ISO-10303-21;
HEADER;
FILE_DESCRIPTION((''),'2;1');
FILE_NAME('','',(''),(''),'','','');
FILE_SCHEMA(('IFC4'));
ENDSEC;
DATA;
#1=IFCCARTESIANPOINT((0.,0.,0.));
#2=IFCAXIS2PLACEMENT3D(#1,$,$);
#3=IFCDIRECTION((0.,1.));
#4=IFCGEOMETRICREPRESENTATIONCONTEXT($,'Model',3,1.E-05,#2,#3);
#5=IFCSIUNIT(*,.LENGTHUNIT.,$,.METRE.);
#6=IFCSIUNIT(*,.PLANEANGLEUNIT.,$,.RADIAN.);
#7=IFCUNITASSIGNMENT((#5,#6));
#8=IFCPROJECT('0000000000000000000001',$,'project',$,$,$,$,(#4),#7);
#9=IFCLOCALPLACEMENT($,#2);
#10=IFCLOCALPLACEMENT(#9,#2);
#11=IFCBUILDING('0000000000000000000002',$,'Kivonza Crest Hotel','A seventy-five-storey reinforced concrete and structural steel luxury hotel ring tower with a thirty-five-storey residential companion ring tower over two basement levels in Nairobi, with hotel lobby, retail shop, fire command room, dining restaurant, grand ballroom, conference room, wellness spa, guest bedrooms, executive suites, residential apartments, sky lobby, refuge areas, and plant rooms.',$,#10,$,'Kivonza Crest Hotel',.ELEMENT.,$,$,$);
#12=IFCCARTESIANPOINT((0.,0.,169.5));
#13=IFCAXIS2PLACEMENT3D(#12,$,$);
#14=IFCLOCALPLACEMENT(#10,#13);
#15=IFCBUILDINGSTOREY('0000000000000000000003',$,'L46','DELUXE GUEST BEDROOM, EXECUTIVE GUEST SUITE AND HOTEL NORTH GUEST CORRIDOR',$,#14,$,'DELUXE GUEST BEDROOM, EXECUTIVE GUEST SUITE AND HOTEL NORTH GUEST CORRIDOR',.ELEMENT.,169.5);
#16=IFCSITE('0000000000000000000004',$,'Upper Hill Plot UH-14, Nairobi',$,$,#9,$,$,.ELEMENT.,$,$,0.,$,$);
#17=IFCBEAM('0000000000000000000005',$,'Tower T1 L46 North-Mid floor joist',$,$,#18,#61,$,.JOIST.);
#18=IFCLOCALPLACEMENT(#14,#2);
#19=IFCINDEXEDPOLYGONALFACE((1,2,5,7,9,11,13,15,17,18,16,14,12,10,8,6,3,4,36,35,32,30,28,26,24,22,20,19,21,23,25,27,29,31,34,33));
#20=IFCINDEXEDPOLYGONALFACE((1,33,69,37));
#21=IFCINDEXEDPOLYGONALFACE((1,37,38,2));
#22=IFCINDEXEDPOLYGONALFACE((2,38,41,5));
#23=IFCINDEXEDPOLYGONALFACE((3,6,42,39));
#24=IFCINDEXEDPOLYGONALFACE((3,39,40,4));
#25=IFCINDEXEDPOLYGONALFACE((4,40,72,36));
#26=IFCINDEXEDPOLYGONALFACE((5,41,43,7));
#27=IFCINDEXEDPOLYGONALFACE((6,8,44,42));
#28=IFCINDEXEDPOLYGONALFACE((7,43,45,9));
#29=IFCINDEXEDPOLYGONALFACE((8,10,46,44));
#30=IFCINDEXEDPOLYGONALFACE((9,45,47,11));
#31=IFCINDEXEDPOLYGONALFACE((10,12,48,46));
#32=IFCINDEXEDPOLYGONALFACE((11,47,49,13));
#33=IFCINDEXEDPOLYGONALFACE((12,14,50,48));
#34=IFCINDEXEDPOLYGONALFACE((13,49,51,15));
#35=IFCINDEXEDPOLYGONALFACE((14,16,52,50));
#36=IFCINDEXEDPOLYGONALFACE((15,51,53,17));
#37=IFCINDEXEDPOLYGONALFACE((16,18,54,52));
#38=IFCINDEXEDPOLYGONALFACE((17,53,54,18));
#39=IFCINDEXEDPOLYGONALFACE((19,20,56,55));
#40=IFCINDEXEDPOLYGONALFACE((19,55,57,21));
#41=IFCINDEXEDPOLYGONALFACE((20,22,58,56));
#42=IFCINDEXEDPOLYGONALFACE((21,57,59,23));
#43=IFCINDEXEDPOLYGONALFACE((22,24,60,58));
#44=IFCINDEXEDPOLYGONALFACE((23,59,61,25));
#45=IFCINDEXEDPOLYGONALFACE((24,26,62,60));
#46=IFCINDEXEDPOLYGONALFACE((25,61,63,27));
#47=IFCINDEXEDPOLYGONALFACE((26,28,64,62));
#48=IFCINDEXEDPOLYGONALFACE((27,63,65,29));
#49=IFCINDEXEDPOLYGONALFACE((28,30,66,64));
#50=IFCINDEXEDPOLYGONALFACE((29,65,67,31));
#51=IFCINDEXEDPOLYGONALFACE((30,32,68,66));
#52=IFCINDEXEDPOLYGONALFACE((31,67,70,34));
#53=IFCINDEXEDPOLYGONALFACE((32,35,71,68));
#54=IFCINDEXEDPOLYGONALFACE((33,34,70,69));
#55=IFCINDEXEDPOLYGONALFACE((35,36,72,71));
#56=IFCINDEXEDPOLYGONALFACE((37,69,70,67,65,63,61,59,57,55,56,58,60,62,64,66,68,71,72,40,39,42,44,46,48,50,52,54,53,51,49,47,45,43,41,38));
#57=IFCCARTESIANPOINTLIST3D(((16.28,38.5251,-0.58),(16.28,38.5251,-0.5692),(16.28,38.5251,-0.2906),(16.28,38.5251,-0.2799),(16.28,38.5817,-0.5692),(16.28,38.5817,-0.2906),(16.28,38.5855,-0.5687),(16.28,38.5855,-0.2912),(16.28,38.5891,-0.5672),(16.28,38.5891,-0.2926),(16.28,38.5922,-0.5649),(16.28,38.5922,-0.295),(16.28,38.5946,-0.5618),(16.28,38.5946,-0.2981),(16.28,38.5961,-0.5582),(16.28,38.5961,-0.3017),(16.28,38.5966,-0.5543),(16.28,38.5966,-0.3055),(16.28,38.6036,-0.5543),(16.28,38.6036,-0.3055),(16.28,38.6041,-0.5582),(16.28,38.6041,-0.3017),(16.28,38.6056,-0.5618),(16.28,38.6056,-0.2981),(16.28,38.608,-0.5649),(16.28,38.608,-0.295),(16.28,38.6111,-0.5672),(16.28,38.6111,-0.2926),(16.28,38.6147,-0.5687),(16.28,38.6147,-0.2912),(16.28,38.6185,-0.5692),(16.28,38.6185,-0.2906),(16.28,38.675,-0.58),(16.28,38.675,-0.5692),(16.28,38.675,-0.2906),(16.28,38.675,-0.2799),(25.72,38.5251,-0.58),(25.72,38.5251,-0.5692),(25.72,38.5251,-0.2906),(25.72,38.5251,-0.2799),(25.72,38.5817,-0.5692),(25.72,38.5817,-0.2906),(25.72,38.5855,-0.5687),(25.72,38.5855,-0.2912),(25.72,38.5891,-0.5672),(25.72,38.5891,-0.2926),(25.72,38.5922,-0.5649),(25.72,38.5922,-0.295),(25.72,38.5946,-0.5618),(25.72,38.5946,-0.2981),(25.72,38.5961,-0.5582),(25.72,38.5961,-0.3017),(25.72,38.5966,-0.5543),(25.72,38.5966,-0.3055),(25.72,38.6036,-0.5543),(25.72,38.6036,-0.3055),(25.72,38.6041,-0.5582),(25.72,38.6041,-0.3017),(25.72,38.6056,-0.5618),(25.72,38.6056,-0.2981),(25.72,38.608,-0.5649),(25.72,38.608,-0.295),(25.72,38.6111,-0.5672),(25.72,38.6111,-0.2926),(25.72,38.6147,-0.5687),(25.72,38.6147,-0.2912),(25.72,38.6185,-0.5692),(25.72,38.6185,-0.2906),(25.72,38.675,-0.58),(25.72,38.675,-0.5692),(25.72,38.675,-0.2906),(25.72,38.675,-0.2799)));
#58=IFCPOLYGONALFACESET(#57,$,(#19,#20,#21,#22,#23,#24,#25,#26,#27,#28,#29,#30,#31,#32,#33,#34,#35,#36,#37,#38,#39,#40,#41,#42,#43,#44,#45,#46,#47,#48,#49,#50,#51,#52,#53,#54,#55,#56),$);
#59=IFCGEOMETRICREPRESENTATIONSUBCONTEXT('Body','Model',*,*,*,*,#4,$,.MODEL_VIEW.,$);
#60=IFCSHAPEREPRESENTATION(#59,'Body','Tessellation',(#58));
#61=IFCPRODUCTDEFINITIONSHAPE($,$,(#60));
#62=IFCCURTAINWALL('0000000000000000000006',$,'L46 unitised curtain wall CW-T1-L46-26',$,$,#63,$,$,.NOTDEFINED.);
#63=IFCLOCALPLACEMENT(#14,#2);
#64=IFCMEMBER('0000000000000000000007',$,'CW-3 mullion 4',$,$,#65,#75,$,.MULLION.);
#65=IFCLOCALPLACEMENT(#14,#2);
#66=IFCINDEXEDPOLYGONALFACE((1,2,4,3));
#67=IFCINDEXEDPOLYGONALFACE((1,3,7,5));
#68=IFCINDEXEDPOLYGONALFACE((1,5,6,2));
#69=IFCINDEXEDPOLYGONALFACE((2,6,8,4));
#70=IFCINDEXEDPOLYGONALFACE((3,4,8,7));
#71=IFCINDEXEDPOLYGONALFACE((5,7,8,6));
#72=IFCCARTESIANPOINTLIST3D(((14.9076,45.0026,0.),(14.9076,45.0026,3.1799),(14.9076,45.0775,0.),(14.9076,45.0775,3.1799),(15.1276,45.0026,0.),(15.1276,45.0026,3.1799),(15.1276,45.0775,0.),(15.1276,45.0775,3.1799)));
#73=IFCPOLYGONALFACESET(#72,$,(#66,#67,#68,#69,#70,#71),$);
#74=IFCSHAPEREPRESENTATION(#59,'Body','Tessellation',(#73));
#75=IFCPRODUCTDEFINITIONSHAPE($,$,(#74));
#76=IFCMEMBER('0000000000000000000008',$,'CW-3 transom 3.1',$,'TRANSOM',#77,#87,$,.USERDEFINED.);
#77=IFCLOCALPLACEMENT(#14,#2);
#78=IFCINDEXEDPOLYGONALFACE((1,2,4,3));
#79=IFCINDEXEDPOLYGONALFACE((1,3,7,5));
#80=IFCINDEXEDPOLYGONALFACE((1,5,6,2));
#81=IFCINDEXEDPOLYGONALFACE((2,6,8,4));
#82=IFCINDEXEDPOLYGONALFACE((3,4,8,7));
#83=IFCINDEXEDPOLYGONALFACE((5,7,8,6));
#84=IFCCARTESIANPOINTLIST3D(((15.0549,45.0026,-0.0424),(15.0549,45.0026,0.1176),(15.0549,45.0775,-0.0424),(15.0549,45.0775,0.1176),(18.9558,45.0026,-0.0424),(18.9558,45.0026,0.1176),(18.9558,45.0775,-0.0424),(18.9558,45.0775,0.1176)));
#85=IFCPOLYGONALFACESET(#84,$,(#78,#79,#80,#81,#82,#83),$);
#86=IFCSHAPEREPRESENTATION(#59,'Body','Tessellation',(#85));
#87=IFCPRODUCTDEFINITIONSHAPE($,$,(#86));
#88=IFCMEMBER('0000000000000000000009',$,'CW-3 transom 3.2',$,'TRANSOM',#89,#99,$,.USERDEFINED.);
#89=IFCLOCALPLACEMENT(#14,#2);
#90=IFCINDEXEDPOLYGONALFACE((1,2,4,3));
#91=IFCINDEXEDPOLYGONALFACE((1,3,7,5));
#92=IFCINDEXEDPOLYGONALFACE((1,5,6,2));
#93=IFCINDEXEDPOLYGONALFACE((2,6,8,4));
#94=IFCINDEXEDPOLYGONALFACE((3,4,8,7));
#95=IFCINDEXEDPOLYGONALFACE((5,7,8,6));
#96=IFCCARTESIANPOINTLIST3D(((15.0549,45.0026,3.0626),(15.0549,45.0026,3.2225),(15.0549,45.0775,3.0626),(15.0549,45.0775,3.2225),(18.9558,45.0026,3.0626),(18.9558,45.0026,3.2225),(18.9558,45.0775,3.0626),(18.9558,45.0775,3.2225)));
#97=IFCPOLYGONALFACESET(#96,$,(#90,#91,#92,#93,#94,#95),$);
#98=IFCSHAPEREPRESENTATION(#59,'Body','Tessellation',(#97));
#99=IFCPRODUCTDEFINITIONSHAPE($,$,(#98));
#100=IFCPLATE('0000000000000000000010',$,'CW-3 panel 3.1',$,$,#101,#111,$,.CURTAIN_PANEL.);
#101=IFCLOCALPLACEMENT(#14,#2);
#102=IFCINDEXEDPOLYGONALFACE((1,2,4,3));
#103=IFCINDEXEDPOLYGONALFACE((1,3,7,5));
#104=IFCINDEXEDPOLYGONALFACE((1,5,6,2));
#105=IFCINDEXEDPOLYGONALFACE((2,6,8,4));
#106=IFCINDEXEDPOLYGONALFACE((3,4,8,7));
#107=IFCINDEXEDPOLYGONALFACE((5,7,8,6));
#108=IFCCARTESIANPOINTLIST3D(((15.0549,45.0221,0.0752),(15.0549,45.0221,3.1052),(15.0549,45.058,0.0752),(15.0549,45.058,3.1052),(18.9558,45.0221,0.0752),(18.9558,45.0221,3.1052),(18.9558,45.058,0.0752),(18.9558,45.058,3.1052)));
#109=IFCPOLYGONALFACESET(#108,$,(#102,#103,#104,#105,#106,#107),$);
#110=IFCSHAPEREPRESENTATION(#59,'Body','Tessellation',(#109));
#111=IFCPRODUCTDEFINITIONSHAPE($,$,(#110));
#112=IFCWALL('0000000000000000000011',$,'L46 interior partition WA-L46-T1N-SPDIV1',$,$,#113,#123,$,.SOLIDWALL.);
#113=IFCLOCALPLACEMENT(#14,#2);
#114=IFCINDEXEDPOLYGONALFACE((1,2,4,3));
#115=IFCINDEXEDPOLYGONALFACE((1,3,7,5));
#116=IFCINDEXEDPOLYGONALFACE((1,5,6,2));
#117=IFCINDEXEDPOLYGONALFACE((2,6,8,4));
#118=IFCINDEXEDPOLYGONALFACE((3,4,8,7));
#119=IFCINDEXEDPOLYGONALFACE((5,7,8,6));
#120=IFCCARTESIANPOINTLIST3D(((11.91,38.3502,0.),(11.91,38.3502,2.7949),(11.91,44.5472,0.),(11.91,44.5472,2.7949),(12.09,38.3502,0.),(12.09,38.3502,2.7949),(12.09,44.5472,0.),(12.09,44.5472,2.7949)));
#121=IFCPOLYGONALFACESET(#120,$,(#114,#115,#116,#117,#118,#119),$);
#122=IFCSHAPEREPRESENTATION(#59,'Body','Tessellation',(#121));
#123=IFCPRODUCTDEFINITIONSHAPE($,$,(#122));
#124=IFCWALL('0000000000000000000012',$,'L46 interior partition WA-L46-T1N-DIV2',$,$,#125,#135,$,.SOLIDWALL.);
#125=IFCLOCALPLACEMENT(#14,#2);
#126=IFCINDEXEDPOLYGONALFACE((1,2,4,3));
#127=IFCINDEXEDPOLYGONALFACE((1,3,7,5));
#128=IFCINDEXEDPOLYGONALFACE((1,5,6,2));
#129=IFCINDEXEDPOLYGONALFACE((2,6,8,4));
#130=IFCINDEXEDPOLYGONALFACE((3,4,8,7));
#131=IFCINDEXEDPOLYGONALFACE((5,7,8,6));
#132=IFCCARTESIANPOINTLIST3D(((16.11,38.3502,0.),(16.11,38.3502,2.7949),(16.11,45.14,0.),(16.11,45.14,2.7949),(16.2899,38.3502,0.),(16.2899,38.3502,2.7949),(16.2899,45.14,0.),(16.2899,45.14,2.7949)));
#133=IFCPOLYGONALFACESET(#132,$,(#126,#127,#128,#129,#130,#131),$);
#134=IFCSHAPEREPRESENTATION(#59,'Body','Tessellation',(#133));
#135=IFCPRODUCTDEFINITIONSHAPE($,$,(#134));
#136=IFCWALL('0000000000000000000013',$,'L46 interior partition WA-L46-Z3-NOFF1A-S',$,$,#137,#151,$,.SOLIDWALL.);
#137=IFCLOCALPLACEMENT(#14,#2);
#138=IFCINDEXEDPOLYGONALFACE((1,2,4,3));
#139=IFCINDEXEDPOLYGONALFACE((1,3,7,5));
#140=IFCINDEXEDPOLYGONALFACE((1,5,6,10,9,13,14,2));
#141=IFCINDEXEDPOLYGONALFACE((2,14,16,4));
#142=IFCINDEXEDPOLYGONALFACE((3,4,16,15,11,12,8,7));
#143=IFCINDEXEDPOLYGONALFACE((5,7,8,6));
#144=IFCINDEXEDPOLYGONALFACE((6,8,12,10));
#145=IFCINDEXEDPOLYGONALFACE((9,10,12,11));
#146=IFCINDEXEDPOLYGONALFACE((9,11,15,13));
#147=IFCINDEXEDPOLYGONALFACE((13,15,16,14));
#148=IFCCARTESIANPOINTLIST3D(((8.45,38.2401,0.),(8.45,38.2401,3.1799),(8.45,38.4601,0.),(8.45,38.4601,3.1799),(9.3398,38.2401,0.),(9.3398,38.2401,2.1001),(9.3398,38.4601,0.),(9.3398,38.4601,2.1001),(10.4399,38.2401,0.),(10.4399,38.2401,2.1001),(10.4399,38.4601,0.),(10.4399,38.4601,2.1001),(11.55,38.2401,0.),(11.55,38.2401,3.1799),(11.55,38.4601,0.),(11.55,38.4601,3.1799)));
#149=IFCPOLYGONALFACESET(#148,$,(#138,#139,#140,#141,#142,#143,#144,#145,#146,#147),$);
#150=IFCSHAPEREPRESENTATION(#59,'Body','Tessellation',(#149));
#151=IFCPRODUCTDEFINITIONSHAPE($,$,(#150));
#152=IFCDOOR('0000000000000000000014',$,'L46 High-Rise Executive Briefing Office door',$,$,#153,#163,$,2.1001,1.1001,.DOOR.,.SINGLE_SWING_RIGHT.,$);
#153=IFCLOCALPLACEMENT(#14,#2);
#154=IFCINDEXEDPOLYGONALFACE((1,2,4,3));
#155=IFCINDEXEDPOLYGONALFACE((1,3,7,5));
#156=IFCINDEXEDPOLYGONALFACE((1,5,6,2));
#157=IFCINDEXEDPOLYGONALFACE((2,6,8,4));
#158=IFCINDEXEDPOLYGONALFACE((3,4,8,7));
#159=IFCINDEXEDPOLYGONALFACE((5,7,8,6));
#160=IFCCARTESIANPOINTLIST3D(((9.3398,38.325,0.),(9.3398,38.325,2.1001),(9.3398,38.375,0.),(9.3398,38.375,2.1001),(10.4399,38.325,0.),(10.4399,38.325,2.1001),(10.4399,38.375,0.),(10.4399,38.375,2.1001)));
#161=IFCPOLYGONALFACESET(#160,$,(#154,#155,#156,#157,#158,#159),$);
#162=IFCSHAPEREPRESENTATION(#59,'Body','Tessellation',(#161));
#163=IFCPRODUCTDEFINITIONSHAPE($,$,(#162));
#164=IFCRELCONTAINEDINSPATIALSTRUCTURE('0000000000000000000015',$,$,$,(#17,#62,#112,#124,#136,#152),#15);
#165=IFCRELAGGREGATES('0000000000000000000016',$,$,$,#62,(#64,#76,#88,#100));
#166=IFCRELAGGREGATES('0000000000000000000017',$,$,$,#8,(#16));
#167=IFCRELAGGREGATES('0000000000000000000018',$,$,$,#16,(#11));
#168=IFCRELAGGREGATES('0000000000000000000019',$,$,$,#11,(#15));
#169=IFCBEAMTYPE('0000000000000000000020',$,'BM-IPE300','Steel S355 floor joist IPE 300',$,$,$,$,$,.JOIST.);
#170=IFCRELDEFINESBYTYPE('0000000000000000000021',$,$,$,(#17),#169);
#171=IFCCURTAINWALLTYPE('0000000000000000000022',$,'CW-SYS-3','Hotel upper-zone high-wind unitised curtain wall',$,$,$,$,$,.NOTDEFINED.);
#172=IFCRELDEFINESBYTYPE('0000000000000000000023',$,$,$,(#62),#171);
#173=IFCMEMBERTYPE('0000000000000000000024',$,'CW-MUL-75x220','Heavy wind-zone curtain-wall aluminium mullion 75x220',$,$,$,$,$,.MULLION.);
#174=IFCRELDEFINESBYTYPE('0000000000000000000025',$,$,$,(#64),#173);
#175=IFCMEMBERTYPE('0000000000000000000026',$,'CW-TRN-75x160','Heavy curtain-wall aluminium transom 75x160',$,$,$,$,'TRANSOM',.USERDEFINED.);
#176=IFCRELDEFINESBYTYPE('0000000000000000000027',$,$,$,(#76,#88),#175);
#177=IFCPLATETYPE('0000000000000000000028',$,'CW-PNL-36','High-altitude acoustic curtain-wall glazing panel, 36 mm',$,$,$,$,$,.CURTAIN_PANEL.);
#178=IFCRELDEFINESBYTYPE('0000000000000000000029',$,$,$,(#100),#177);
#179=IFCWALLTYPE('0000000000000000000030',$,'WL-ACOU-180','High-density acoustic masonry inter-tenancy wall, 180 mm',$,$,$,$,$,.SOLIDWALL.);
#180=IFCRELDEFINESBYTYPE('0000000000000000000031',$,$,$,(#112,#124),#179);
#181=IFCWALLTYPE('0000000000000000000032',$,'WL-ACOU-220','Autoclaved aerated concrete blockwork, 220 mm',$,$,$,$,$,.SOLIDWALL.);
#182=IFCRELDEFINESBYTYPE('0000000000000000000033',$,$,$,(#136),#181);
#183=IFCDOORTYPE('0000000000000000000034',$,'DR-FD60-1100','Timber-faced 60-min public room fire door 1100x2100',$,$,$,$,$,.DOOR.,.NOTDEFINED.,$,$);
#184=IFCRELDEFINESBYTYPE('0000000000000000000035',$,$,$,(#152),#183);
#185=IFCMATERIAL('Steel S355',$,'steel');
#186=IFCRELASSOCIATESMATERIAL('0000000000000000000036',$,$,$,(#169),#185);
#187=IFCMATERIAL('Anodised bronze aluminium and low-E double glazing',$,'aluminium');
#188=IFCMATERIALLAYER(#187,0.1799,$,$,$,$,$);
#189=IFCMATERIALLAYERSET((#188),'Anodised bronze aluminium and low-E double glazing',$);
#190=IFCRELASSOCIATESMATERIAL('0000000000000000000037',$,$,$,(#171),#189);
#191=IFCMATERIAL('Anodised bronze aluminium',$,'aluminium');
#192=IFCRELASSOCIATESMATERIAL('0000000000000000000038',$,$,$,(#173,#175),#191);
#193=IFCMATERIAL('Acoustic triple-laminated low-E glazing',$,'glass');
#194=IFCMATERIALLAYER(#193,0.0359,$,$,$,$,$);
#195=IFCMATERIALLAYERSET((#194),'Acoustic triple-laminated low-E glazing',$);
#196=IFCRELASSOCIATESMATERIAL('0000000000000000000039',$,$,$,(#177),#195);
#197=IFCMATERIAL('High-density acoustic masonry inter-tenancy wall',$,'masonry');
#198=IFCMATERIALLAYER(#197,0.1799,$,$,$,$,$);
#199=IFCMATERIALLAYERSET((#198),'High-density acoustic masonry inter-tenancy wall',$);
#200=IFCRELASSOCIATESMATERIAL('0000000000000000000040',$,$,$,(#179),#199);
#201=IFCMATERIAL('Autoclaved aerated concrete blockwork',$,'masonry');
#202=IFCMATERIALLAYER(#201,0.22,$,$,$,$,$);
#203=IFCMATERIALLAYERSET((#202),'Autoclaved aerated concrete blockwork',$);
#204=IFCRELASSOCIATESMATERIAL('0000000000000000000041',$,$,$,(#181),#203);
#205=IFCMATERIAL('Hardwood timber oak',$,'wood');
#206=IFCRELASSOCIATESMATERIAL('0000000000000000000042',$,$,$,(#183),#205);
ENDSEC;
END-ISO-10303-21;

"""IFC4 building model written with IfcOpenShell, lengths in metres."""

from ifc_helpers import new_model, si_unit, direction, frame, frame_2d, origin, origin_2d, place, context, subcontext, project, spatial, rectangle, i_section, extrude, material, layer, layer_set, material_profile, profile_set, type_object, element, fill, aggregate, save


model = new_model("IFC4")

# Units and contexts
model_context = context("Model", 3, precision=1e-05, world=origin(), true_north=direction((0.0, 1.0)))
body_context = subcontext(model_context, "Body", "Model", "MODEL_VIEW")
ifc_project = project(units=[si_unit("LENGTHUNIT", "METRE"), si_unit("PLANEANGLEUNIT", "RADIAN")], contexts=[model_context])

# Site, building, storey
site_placement = place(None, origin())
site = spatial("IfcSite", under=ifc_project, at=site_placement, Name="Upper Hill Plot UH-14, Nairobi", CompositionType="ELEMENT", RefElevation=0.0)
building_placement = place(site_placement, origin())
building = spatial("IfcBuilding", under=site, at=building_placement, Name="Kivonza Crest Hotel", Description="A seventy-five-storey reinforced concrete and structural steel luxury hotel ring tower with a thirty-five-storey residential companion ring tower over two basement levels in Nairobi, with hotel lobby, retail shop, fire command room, dining restaurant, grand ballroom, conference room, wellness spa, guest bedrooms, executive suites, residential apartments, sky lobby, refuge areas, and plant rooms.", LongName="Kivonza Crest Hotel", CompositionType="ELEMENT")
storey_placement = place(building_placement, frame((0.0, 0.0, 169.5)))
storey = spatial("IfcBuildingStorey", under=building, at=storey_placement, Name="L46", Description="DELUXE GUEST BEDROOM, EXECUTIVE GUEST SUITE AND HOTEL NORTH GUEST CORRIDOR", LongName="DELUXE GUEST BEDROOM, EXECUTIVE GUEST SUITE AND HOTEL NORTH GUEST CORRIDOR", CompositionType="ELEMENT", Elevation=169.5)

# Beam
ifc_material_1 = material(Name="Steel S355", Category="steel")
ifc_material_profile_1 = material_profile(ifc_material_1, i_section(OverallWidth=0.1499, OverallDepth=0.3, WebThickness=0.0071, FlangeThickness=0.0107, FilletRadius=0.0149, at=origin_2d()), Name="IPE 300")
ifc_profile_set_1 = profile_set([ifc_material_profile_1], Name="Steel S355")
beam_type_1 = type_object("IfcBeamType", Name="BM-IPE300", Description="Steel S355 floor joist IPE 300", PredefinedType="JOIST", material=ifc_profile_set_1)
beam_1_placement = place(storey_placement, frame((16.28, 38.6001, -0.4299), z_axis=(1.0, 0.0, 0.0), x_axis=(0.0, 1.0, 0.0)))
element("IfcBeam", 1, at=beam_1_placement, inside=storey, type_object=beam_type_1, Name="Tower T1 L46 North-Mid floor joist", PredefinedType="JOIST", context=body_context, shape_type="SweptSolid", body=[
    extrude(i_section(OverallWidth=0.1499, OverallDepth=0.3, WebThickness=0.0071, FlangeThickness=0.0107, FilletRadius=0.0149, at=origin_2d()), origin(), (0.0, 0.0, 1.0), 9.4399),
])

# Curtain wall, members, plate
ifc_material_2 = material(Name="Anodised bronze aluminium and low-E double glazing", Category="aluminium")
ifc_layer_1 = layer(ifc_material_2, 0.1799)
ifc_layer_set_1 = layer_set([ifc_layer_1], Name="Anodised bronze aluminium and low-E double glazing")
curtain_wall_type = type_object("IfcCurtainWallType", Name="CW-SYS-3", Description="Hotel upper-zone high-wind unitised curtain wall", PredefinedType="NOTDEFINED", material=ifc_layer_set_1)
curtain_wall_placement = place(storey_placement, origin())
curtain_wall = element("IfcCurtainWall", 2, at=curtain_wall_placement, inside=storey, type_object=curtain_wall_type, Name="L46 unitised curtain wall CW-T1-L46-26", PredefinedType="NOTDEFINED")
ifc_material_3 = material(Name="Anodised bronze aluminium", Category="aluminium")
ifc_material_profile_2 = material_profile(ifc_material_3, rectangle(XDim=0.075, YDim=0.22, at=origin_2d()), Name="CW-M 75x220")
ifc_profile_set_2 = profile_set([ifc_material_profile_2], Name="Anodised bronze aluminium")
member_type_1 = type_object("IfcMemberType", Name="CW-MUL-75x220", Description="Heavy wind-zone curtain-wall aluminium mullion 75x220", PredefinedType="MULLION", material=ifc_profile_set_2)
member_1_placement = place(storey_placement, frame((15.0176, 45.04, 0.0), z_axis=(0.0, 0.0, 1.0), x_axis=(0.0, -1.0, 0.0)))
member_1 = element("IfcMember", 3, at=member_1_placement, type_object=member_type_1, Name="CW-3 mullion 4", PredefinedType="MULLION", context=body_context, shape_type="SweptSolid", body=[
    extrude(rectangle(XDim=0.075, YDim=0.22, at=origin_2d()), origin(), (0.0, 0.0, 1.0), 3.1799),
])
ifc_material_profile_3 = material_profile(ifc_material_3, rectangle(XDim=0.075, YDim=0.1599, at=origin_2d()), Name="CW-T 75x160")
ifc_profile_set_3 = profile_set([ifc_material_profile_3], Name="Anodised bronze aluminium")
member_type_2 = type_object("IfcMemberType", Name="CW-TRN-75x160", Description="Heavy curtain-wall aluminium transom 75x160", ElementType="TRANSOM", PredefinedType="USERDEFINED", material=ifc_profile_set_3)
member_2_placement = place(storey_placement, frame((18.9558, 45.04, 0.0376), z_axis=(-1.0, 0.0, 0.0), x_axis=(0.0, -1.0, 0.0)))
member_2 = element("IfcMember", 4, at=member_2_placement, type_object=member_type_2, Name="CW-3 transom 3.1", ObjectType="TRANSOM", PredefinedType="USERDEFINED", context=body_context, shape_type="SweptSolid", body=[
    extrude(rectangle(XDim=0.075, YDim=0.1599, at=origin_2d()), origin(), (0.0, 0.0, 1.0), 3.9009),
])
member_3_placement = place(storey_placement, frame((18.9558, 45.04, 3.1426), z_axis=(-1.0, 0.0, 0.0), x_axis=(0.0, -1.0, 0.0)))
member_3 = element("IfcMember", 5, at=member_3_placement, type_object=member_type_2, Name="CW-3 transom 3.2", ObjectType="TRANSOM", PredefinedType="USERDEFINED", context=body_context, shape_type="SweptSolid", body=[
    extrude(rectangle(XDim=0.075, YDim=0.1599, at=origin_2d()), origin(), (0.0, 0.0, 1.0), 3.9009),
])
ifc_material_4 = material(Name="Acoustic triple-laminated low-E glazing", Category="glass")
ifc_layer_2 = layer(ifc_material_4, 0.0359)
ifc_layer_set_2 = layer_set([ifc_layer_2], Name="Acoustic triple-laminated low-E glazing")
plate_type = type_object("IfcPlateType", Name="CW-PNL-36", Description="High-altitude acoustic curtain-wall glazing panel, 36 mm", PredefinedType="CURTAIN_PANEL", material=ifc_layer_set_2)
plate_placement = place(storey_placement, frame((17.0054, 45.04, 0.0752), z_axis=(0.0, 0.0, 1.0), x_axis=(-1.0, 0.0, 0.0)))
plate = element("IfcPlate", 6, at=plate_placement, type_object=plate_type, Name="CW-3 panel 3.1", PredefinedType="CURTAIN_PANEL", context=body_context, shape_type="SweptSolid", body=[
    extrude(rectangle(XDim=3.9009, YDim=0.0359, at=origin_2d()), origin(), (0.0, 0.0, 1.0), 3.03),
])
aggregate(curtain_wall, [member_1, member_2, member_3, plate])

# Walls
ifc_material_5 = material(Name="High-density acoustic masonry inter-tenancy wall", Category="masonry")
ifc_layer_3 = layer(ifc_material_5, 0.1799)
ifc_layer_set_3 = layer_set([ifc_layer_3], Name="High-density acoustic masonry inter-tenancy wall")
wall_type_1 = type_object("IfcWallType", Name="WL-ACOU-180", Description="High-density acoustic masonry inter-tenancy wall, 180 mm", PredefinedType="SOLIDWALL", material=ifc_layer_set_3)
wall_1_placement = place(storey_placement, frame((12.0, 38.3501, 0.0), z_axis=(0.0, 0.0, 1.0), x_axis=(0.0, 1.0, 0.0)))
element("IfcWall", 7, at=wall_1_placement, inside=storey, type_object=wall_type_1, Name="L46 interior partition WA-L46-T1N-SPDIV1", PredefinedType="SOLIDWALL", context=body_context, shape_type="SweptSolid", body=[
    extrude(rectangle(XDim=6.197, YDim=0.1799, at=frame_2d((3.0986, 0.0))), origin(), (0.0, 0.0, 1.0), 2.7949),
])
wall_2_placement = place(storey_placement, frame((16.2, 38.3501, 0.0), z_axis=(0.0, 0.0, 1.0), x_axis=(0.0, 1.0, 0.0)))
element("IfcWall", 8, at=wall_2_placement, inside=storey, type_object=wall_type_1, Name="L46 interior partition WA-L46-T1N-DIV2", PredefinedType="SOLIDWALL", context=body_context, shape_type="SweptSolid", body=[
    extrude(rectangle(XDim=6.7898, YDim=0.1799, at=frame_2d((3.395, 0.0))), origin(), (0.0, 0.0, 1.0), 2.7949),
])

# Wall, opening, door
ifc_material_6 = material(Name="Autoclaved aerated concrete blockwork", Category="masonry")
ifc_layer_4 = layer(ifc_material_6, 0.22)
ifc_layer_set_4 = layer_set([ifc_layer_4], Name="Autoclaved aerated concrete blockwork")
wall_type_2 = type_object("IfcWallType", Name="WL-ACOU-220", Description="Autoclaved aerated concrete blockwork, 220 mm", PredefinedType="SOLIDWALL", material=ifc_layer_set_4)
wall_3_placement = place(storey_placement, frame((8.45, 38.3501, 0.0), z_axis=(0.0, 0.0, 1.0), x_axis=(1.0, 0.0, 0.0)))
wall_3 = element("IfcWall", 9, at=wall_3_placement, inside=storey, type_object=wall_type_2, Name="L46 interior partition WA-L46-Z3-NOFF1A-S", PredefinedType="SOLIDWALL", context=body_context, shape_type="SweptSolid", body=[
    extrude(rectangle(XDim=3.1001, YDim=0.22, at=frame_2d((1.55, 0.0))), origin(), (0.0, 0.0, 1.0), 3.1799),
])
opening_1_placement = place(wall_3_placement, frame((0.8899, 0.0, 0.0)))
opening_1 = element("IfcOpeningElement", 10, at=opening_1_placement, cuts=wall_3, PredefinedType="OPENING", context=body_context, shape_type="SweptSolid", body=[
    extrude(rectangle(XDim=1.1001, YDim=2.1001, at=frame_2d((0.55, 1.05))), frame((0.0, 0.1201, 0.0), z_axis=(0.0, -1.0, 0.0), x_axis=(1.0, 0.0, 0.0)), (0.0, 0.0, 1.0), 0.24),
])
ifc_material_7 = material(Name="Hardwood timber oak", Category="wood")
door_type = type_object("IfcDoorType", Name="DR-FD60-1100", Description="Timber-faced 60-min public room fire door 1100x2100", OperationType="NOTDEFINED", PredefinedType="DOOR", material=ifc_material_7)
door_1_placement = place(opening_1_placement, origin())
door_1 = element("IfcDoor", 11, at=door_1_placement, inside=storey, type_object=door_type, Name="L46 High-Rise Executive Briefing Office door", OperationType="SINGLE_SWING_RIGHT", OverallHeight=2.1001, OverallWidth=1.1001, PredefinedType="DOOR", context=body_context, shape_type="SweptSolid", body=[
    extrude(rectangle(XDim=1.1001, YDim=2.1001, at=frame_2d((0.55, 1.05))), frame((0.0, 0.0249, 0.0), z_axis=(0.0, -1.0, 0.0), x_axis=(1.0, 0.0, 0.0)), (0.0, 0.0, 1.0), 0.05),
])
fill(opening_1, door_1)

save(model, "model.ifc")
